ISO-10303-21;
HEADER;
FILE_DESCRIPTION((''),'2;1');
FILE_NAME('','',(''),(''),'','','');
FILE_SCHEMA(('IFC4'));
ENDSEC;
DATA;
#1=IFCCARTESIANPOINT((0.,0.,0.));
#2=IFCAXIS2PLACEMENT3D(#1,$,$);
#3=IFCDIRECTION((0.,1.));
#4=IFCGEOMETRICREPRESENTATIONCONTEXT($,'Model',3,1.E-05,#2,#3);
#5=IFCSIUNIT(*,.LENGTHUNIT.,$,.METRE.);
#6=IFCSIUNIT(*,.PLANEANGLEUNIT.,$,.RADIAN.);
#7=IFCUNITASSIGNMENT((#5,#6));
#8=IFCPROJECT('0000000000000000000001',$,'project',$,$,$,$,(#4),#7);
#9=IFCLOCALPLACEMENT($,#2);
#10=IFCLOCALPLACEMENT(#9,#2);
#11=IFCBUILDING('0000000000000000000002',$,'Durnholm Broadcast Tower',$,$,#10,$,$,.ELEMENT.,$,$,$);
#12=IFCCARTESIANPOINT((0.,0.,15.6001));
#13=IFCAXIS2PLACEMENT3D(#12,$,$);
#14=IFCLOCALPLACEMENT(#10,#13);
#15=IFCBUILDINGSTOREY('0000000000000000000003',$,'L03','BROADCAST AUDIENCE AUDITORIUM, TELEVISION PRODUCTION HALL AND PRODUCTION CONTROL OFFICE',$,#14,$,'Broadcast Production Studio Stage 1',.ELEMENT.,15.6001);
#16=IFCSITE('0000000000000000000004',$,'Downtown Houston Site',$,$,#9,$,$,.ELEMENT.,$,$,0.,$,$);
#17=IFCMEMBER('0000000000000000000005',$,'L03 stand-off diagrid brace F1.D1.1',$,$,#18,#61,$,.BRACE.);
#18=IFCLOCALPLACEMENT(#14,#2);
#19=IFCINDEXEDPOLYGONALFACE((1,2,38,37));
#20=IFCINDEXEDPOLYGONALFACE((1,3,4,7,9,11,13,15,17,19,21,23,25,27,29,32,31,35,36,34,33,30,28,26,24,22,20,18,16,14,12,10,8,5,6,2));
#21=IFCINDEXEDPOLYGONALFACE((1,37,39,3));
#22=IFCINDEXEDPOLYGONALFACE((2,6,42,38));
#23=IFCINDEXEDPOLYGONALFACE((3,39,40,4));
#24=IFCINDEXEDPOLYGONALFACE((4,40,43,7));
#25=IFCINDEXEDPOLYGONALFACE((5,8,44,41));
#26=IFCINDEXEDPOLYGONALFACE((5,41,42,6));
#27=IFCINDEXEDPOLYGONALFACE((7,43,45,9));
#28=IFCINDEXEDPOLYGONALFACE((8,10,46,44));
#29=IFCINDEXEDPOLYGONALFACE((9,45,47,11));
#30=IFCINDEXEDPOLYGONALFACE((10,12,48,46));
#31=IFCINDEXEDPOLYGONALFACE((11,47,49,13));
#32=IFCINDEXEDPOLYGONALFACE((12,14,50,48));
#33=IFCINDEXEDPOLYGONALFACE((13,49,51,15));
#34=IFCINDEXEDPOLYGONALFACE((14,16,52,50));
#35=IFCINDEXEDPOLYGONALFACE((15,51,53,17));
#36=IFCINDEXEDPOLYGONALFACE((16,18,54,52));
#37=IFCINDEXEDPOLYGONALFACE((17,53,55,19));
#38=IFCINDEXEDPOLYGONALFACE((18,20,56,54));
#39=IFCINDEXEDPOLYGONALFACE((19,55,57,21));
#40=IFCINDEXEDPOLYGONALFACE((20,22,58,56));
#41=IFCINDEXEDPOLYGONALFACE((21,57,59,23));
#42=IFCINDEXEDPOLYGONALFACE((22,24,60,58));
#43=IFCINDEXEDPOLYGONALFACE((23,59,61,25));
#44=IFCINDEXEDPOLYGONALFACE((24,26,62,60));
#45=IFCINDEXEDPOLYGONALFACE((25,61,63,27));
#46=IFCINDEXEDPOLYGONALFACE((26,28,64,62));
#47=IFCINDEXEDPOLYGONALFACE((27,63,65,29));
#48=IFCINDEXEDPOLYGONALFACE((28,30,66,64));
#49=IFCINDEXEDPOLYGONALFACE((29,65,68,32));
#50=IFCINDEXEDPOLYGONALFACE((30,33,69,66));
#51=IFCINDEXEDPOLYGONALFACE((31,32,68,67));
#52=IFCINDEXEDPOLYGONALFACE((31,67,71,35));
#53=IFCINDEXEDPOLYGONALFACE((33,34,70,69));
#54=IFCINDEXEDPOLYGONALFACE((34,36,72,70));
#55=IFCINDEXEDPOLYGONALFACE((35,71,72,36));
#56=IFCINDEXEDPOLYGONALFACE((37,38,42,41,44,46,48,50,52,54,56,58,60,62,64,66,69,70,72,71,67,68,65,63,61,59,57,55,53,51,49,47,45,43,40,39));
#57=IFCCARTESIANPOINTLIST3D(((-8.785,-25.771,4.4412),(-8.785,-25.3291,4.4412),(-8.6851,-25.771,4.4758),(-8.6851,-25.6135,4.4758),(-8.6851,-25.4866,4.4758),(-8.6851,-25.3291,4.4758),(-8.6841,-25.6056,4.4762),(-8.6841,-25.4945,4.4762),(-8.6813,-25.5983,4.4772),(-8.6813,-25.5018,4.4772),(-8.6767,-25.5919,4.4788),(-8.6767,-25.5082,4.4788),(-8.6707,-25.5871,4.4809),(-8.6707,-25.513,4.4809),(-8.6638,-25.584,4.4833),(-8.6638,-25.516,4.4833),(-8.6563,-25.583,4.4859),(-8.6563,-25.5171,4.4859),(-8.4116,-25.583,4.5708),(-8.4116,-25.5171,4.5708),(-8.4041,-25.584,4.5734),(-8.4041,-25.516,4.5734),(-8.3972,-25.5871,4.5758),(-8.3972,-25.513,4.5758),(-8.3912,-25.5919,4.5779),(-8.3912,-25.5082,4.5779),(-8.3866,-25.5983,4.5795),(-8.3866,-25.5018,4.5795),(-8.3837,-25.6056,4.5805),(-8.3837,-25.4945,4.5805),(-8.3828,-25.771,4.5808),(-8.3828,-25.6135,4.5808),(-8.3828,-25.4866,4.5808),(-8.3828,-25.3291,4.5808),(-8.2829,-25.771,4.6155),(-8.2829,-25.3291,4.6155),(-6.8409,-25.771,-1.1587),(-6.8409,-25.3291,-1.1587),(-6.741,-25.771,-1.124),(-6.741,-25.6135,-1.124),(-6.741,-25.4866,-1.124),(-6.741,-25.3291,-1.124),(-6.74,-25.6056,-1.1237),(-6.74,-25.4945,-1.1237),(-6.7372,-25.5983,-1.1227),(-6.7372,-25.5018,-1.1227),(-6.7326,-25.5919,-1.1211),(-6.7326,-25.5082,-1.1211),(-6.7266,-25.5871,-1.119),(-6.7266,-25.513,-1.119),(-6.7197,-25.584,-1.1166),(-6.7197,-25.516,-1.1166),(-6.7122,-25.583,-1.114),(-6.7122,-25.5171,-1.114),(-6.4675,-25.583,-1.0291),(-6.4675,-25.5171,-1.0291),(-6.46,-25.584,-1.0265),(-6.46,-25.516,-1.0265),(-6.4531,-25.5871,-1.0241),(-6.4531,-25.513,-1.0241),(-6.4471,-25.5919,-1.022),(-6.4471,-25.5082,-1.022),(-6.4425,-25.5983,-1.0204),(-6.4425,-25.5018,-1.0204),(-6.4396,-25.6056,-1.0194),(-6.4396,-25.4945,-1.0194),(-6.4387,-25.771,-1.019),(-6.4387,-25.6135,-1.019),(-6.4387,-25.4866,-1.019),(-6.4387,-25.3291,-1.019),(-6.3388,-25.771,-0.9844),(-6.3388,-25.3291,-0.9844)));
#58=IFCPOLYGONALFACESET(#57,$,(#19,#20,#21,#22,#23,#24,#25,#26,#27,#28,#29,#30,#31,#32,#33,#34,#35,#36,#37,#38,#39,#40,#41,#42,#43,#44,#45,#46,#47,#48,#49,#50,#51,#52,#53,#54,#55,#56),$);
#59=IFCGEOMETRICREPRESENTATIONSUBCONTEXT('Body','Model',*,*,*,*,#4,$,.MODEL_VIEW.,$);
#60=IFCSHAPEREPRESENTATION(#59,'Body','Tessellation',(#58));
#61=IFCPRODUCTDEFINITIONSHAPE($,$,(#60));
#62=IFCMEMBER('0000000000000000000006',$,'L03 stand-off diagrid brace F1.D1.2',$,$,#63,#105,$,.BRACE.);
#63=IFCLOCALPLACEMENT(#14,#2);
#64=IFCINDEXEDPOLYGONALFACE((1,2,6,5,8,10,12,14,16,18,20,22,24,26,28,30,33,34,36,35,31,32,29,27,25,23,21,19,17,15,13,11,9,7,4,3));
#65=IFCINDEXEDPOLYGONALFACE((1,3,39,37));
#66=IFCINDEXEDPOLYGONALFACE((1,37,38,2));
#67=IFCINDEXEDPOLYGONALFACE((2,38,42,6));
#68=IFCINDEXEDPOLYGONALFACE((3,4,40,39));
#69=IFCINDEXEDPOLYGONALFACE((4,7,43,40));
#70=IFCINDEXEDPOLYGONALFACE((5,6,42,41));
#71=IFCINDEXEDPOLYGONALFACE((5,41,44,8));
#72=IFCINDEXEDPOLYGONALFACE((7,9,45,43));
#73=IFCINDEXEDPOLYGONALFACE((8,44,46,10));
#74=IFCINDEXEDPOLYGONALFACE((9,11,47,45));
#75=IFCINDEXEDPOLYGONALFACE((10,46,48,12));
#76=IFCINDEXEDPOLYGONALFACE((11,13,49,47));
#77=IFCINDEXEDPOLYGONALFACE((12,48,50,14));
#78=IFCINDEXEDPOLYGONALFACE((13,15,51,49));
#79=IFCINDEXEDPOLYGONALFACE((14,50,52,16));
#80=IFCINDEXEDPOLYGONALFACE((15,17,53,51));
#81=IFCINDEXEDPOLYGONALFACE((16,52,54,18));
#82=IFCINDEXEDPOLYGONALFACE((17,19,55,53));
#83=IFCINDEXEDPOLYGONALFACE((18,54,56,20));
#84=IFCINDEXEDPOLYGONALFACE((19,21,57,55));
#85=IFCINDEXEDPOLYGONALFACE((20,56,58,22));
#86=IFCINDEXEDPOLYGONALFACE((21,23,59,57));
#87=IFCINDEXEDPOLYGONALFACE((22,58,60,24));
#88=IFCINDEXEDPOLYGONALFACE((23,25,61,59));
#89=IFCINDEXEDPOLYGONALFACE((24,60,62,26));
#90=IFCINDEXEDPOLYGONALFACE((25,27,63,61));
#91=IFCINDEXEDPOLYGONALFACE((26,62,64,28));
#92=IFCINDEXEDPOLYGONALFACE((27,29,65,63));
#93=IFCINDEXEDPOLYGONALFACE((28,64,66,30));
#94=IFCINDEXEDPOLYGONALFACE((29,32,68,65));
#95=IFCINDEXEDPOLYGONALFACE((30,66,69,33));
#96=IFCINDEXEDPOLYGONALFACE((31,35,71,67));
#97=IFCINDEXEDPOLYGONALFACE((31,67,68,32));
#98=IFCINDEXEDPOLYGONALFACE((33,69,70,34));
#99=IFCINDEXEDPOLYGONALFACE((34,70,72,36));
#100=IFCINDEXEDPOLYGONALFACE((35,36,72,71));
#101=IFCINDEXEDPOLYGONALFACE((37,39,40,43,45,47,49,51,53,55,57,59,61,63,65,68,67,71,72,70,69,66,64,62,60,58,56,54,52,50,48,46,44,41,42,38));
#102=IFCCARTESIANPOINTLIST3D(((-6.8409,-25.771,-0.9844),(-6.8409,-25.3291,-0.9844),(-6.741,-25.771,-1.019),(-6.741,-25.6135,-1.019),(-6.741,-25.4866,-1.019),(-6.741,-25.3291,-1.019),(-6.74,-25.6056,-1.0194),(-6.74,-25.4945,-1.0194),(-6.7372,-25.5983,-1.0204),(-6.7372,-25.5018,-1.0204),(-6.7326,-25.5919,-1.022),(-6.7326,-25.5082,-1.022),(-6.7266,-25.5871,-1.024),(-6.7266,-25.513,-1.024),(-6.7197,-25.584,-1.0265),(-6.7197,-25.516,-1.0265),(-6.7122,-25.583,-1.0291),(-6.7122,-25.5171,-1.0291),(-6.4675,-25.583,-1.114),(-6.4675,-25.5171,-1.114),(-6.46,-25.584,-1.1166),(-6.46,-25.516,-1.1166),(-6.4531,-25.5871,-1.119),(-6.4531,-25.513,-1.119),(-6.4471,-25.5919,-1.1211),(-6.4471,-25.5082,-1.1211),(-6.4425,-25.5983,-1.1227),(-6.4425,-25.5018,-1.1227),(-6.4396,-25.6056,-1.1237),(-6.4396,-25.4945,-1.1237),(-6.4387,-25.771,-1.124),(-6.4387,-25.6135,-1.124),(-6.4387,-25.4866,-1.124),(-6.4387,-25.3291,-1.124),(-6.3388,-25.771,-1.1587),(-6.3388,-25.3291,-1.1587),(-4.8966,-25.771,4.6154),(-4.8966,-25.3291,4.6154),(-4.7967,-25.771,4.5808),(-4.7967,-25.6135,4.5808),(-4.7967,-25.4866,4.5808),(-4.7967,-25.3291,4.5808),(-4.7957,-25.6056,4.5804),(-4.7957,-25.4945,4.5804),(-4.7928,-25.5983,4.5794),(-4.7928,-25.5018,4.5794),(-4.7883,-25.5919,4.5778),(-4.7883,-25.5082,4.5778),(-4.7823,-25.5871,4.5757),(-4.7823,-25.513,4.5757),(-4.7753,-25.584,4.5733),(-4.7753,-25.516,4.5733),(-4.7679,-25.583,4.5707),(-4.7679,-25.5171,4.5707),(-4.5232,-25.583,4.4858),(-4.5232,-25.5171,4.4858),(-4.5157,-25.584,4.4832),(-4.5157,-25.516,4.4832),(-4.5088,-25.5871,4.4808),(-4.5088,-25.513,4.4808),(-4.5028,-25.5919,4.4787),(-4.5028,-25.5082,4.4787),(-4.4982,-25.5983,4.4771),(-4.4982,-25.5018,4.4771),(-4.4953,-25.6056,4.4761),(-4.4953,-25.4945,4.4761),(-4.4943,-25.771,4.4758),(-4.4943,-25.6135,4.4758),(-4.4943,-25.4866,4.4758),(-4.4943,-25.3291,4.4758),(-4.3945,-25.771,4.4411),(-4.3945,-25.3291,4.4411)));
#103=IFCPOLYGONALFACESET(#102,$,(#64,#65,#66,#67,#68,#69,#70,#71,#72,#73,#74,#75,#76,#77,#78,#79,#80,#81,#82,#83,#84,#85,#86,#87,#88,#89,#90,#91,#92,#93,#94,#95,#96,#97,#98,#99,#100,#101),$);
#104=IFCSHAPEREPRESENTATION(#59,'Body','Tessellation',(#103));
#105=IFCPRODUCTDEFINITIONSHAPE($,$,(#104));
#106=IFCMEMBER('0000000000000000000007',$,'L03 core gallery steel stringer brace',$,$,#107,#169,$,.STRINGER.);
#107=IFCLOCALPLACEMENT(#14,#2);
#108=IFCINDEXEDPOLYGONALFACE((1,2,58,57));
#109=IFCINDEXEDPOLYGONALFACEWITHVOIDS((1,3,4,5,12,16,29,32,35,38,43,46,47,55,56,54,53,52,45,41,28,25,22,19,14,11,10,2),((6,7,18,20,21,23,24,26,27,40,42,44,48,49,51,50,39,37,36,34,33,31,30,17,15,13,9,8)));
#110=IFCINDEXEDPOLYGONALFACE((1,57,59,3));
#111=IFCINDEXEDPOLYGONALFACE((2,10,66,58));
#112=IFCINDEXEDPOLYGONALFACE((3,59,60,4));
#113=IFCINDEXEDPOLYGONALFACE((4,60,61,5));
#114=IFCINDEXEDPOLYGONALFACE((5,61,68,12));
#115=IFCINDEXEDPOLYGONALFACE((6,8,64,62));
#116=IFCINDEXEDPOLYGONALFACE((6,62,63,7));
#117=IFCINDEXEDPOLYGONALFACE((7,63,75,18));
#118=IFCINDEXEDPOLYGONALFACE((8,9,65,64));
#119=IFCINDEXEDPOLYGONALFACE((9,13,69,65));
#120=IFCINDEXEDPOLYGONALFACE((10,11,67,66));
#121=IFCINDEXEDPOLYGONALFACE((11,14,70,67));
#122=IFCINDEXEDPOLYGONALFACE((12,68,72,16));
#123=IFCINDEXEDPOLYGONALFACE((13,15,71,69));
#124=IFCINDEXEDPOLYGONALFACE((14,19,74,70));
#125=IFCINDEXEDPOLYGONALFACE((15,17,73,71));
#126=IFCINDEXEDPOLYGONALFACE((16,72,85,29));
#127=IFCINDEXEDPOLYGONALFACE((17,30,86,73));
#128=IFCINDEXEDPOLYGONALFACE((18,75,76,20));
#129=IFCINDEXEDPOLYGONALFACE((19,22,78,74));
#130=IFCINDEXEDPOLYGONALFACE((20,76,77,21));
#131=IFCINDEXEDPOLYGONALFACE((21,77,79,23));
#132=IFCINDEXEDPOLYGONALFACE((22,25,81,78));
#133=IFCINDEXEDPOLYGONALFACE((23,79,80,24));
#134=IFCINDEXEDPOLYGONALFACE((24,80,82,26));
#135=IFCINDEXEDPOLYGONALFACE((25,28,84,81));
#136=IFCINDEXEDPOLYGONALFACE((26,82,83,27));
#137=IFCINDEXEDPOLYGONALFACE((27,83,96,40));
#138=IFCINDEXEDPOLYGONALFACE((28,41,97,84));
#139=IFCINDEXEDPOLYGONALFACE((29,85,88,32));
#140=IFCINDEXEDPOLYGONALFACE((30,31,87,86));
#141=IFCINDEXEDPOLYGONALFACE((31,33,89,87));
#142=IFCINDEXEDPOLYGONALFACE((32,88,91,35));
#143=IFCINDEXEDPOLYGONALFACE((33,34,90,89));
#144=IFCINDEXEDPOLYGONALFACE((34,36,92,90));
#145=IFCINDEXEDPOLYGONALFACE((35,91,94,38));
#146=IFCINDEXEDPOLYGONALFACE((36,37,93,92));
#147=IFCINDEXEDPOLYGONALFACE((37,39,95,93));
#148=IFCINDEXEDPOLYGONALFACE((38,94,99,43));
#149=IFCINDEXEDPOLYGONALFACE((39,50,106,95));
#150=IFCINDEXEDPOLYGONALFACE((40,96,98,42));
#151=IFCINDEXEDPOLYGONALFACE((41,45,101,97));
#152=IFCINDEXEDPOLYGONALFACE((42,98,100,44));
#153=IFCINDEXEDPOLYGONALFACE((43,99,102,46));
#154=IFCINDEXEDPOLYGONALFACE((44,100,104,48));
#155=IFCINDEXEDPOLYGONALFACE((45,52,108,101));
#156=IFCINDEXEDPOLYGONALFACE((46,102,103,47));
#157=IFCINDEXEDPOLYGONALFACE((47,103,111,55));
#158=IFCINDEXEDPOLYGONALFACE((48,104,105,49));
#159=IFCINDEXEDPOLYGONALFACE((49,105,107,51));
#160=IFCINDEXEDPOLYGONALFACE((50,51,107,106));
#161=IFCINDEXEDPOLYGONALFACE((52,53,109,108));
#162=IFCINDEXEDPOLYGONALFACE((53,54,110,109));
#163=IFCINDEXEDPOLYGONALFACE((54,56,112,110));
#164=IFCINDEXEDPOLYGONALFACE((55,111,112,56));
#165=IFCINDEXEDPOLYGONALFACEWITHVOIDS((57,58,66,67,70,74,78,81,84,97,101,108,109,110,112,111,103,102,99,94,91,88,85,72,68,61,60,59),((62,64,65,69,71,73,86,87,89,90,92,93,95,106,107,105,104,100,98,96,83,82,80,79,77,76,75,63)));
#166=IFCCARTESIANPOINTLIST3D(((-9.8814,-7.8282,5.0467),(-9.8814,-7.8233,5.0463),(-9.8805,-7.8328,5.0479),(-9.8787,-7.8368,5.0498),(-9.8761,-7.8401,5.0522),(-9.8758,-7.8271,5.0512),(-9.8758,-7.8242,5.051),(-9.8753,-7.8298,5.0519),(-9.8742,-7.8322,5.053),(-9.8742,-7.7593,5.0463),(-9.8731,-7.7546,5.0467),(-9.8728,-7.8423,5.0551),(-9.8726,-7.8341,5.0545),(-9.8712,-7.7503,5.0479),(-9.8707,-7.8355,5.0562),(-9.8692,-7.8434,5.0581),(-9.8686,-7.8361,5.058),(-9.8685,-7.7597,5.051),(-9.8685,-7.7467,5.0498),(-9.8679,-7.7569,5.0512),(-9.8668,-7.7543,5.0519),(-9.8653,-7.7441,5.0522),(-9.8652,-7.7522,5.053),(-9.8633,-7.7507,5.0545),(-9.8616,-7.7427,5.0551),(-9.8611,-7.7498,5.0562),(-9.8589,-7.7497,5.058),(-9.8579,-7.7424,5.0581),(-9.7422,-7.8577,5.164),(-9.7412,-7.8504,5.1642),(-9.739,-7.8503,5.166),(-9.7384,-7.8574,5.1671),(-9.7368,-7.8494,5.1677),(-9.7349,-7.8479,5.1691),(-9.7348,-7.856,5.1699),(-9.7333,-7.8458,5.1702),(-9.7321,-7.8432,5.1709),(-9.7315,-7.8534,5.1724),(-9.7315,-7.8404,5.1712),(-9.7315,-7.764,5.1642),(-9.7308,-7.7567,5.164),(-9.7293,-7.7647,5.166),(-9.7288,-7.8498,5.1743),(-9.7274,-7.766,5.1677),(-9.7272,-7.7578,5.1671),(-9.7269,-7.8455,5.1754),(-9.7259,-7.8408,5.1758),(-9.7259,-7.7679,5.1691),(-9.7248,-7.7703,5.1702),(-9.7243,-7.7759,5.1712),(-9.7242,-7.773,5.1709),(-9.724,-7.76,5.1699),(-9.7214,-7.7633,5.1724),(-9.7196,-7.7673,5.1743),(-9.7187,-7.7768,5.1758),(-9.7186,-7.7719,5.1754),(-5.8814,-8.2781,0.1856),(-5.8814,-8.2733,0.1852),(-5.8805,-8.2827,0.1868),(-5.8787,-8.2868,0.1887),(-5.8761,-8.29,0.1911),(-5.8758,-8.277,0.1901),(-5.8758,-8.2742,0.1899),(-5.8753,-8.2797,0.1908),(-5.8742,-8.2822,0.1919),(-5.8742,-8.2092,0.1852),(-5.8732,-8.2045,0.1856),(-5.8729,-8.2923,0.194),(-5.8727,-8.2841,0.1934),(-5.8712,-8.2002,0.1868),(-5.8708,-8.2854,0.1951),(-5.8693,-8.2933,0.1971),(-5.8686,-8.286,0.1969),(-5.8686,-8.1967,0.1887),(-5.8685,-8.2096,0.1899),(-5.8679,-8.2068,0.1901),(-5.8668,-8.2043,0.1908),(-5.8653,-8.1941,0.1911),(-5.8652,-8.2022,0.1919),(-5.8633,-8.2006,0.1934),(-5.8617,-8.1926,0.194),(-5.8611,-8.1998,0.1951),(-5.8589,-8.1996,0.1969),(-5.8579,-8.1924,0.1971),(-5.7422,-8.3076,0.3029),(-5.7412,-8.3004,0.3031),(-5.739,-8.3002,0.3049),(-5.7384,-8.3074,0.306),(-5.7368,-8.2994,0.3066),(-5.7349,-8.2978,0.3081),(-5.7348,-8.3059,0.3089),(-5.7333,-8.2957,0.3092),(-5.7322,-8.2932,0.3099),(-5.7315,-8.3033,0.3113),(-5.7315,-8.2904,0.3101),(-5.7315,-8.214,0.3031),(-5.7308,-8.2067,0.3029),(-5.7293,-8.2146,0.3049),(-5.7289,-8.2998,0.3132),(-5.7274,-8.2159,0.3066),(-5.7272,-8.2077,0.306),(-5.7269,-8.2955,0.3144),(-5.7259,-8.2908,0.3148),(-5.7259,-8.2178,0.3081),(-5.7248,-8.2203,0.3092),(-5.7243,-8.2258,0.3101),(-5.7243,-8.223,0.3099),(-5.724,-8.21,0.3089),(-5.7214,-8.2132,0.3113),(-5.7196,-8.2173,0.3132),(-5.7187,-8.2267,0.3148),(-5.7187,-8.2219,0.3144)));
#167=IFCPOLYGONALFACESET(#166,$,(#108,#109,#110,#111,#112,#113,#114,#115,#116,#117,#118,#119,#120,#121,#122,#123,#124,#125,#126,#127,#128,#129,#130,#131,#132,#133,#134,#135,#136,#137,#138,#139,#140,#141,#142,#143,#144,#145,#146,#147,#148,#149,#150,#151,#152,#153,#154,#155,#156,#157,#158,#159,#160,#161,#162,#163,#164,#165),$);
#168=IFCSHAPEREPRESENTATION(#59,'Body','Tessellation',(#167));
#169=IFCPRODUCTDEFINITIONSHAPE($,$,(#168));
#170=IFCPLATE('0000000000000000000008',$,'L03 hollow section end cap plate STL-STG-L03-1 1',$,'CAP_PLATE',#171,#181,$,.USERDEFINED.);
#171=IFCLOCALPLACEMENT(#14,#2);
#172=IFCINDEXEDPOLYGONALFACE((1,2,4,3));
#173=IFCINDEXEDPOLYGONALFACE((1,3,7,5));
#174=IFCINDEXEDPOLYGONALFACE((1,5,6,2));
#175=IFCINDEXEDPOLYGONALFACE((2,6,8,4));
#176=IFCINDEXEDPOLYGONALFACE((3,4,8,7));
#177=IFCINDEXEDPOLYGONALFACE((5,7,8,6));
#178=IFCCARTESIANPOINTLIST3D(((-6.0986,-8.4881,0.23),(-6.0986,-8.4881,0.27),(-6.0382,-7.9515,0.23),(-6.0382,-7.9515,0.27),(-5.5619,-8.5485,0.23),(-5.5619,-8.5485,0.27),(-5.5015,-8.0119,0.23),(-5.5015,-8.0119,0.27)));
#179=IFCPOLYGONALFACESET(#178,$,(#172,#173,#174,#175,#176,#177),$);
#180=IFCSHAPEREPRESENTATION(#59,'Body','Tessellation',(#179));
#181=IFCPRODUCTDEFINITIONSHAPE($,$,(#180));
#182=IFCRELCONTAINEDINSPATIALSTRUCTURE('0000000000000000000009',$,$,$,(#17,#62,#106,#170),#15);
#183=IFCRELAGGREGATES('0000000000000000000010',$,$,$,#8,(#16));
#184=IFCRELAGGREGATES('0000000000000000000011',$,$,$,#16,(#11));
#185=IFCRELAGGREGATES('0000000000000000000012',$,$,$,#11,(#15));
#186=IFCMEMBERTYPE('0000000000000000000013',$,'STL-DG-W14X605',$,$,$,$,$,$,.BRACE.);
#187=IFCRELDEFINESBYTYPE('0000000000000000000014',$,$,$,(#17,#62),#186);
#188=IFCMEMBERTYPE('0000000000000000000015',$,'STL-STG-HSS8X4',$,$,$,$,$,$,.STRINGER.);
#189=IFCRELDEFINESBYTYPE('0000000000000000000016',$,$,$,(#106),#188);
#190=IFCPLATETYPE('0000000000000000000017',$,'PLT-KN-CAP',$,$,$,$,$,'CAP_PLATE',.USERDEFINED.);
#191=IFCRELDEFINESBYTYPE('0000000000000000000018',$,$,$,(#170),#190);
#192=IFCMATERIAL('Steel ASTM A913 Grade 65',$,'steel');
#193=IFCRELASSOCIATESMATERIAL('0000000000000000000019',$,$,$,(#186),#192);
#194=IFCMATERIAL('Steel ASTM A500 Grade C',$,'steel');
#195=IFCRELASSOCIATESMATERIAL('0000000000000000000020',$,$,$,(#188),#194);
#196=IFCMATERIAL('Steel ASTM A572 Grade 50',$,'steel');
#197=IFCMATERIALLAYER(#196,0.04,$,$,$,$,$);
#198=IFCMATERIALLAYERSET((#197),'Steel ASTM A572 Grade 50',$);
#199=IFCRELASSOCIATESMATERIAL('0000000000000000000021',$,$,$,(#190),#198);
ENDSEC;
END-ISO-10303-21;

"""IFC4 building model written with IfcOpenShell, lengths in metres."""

from ifc_helpers import new_model, si_unit, direction, frame, origin, origin_2d, place, context, subcontext, project, spatial, rectangle, hollow_rectangle, i_section, extrude, source, transform, mapped, material, layer, layer_set, material_profile, profile_set, type_object, type_shapes, element, save


model = new_model("IFC4")

# Units and contexts
model_context = context("Model", 3, precision=1e-05, world=origin(), true_north=direction((0.0, 1.0)))
body_context = subcontext(model_context, "Body", "Model", "MODEL_VIEW")
ifc_project = project(units=[si_unit("LENGTHUNIT", "METRE"), si_unit("PLANEANGLEUNIT", "RADIAN")], contexts=[model_context])

# Site, building, storey
site_placement = place(None, origin())
site = spatial("IfcSite", under=ifc_project, at=site_placement, Name="Downtown Houston Site", CompositionType="ELEMENT", RefElevation=0.0)
building_placement = place(site_placement, origin())
building = spatial("IfcBuilding", under=site, at=building_placement, Name="Durnholm Broadcast Tower", CompositionType="ELEMENT")
storey_placement = place(building_placement, frame((0.0, 0.0, 15.6001)))
storey = spatial("IfcBuildingStorey", under=building, at=storey_placement, Name="L03", Description="BROADCAST AUDIENCE AUDITORIUM, TELEVISION PRODUCTION HALL AND PRODUCTION CONTROL OFFICE", LongName="Broadcast Production Studio Stage 1", CompositionType="ELEMENT", Elevation=15.6001)

# Shared definitions
ifc_material_1 = material(Name="Steel ASTM A913 Grade 65", Category="steel")

# Members
ifc_material_profile_1 = material_profile(ifc_material_1, i_section(OverallWidth=0.4419, OverallDepth=0.5315, WebThickness=0.0659, FlangeThickness=0.1057, FilletRadius=0.0305, at=origin_2d()), Name="W14X605")
ifc_profile_set_1 = profile_set([ifc_material_profile_1], Name="Steel ASTM A913 Grade 65")
member_type_1 = type_object("IfcMemberType", Name="STL-DG-W14X605", PredefinedType="BRACE", material=ifc_profile_set_1)
shared_shape_1 = source(origin(), body_context, "Body", "SweptSolid", [
    extrude(i_section(OverallWidth=0.4419, OverallDepth=0.5315, WebThickness=0.0659, FlangeThickness=0.1057, FilletRadius=0.0305, at=origin_2d()), origin(), (0.0, 0.0, 1.0), 5.9277),
])
type_shapes(member_type_1, [shared_shape_1])
for number, where, z_axis, x_axis, name in (
    (1, (-6.5898, -25.55, -1.0715), (-0.327966, 0.0, 0.944689), (0.0, -1.0, 0.0), "L03 stand-off diagrid brace F1.D1.1"),
    (2, (-6.5898, -25.55, -1.0715), (0.328003, 0.0, 0.944677), (0.0, 1.0, 0.0), "L03 stand-off diagrid brace F1.D1.2"),
):
    element("IfcMember", number, at=place(storey_placement, frame(where, z_axis=z_axis, x_axis=x_axis)), inside=storey, type_object=member_type_1, Name=name, PredefinedType="BRACE", context=body_context, shape_type="MappedRepresentation", body=[
        mapped(shared_shape_1, transform((0.0, 0.0, 0.0), x_axis=(1.0, 0.0, 0.0), y_axis=(0.0, 1.0, 0.0), z_axis=(0.0, 0.0, 1.0), scale=1.0)),
    ])
ifc_material_2 = material(Name="Steel ASTM A500 Grade C", Category="steel")
ifc_material_profile_2 = material_profile(ifc_material_2, hollow_rectangle(XDim=0.1016, YDim=0.2031, WallThickness=0.0073, InnerFilletRadius=0.011, OuterFilletRadius=0.0186, at=origin_2d()), Name="HSS8X4X5/16")
ifc_profile_set_2 = profile_set([ifc_material_profile_2], Name="Steel ASTM A500 Grade C")
member_type_2 = type_object("IfcMemberType", Name="STL-STG-HSS8X4", PredefinedType="STRINGER", material=ifc_profile_set_2)
shared_shape_2 = source(origin(), body_context, "Body", "SweptSolid", [
    extrude(hollow_rectangle(XDim=0.1016, YDim=0.2031, WallThickness=0.0073, InnerFilletRadius=0.011, OuterFilletRadius=0.0186, at=origin_2d()), origin(), (0.0, 0.0, 1.0), 6.3113),
])
type_shapes(member_type_2, [shared_shape_2])
member_placement = place(storey_placement, frame((-5.8, -8.25, 0.25), z_axis=(-0.633783, 0.071293, 0.770218), x_axis=(-0.111783, -0.993733, 0.0)))
element("IfcMember", 3, at=member_placement, inside=storey, type_object=member_type_2, Name="L03 core gallery steel stringer brace", PredefinedType="STRINGER", context=body_context, shape_type="MappedRepresentation", body=[
    mapped(shared_shape_2, transform((0.0, 0.0, 0.0), x_axis=(1.0, 0.0, 0.0), y_axis=(0.0, 1.0, 0.0), z_axis=(0.0, 0.0, 1.0), scale=1.0)),
])

# Plate
ifc_material_3 = material(Name="Steel ASTM A572 Grade 50", Category="steel")
ifc_layer_1 = layer(ifc_material_3, 0.04)
ifc_layer_set_1 = layer_set([ifc_layer_1], Name="Steel ASTM A572 Grade 50")
plate_type = type_object("IfcPlateType", Name="PLT-KN-CAP", ElementType="CAP_PLATE", PredefinedType="USERDEFINED", material=ifc_layer_set_1)
shared_shape_3 = source(origin(), body_context, "Body", "SweptSolid", [
    extrude(rectangle(XDim=0.54, YDim=0.54, at=origin_2d()), origin(), (0.0, 0.0, 1.0), 0.04),
])
type_shapes(plate_type, [shared_shape_3])
plate_placement = place(storey_placement, frame((-5.8, -8.25, 0.23), z_axis=(0.0, 0.0, 1.0), x_axis=(-0.993729, 0.111816, 0.0)))
element("IfcPlate", 4, at=plate_placement, inside=storey, type_object=plate_type, Name="L03 hollow section end cap plate STL-STG-L03-1 1", ObjectType="CAP_PLATE", PredefinedType="USERDEFINED", context=body_context, shape_type="MappedRepresentation", body=[
    mapped(shared_shape_3, transform((0.0, 0.0, 0.0), x_axis=(1.0, 0.0, 0.0), y_axis=(0.0, 1.0, 0.0), z_axis=(0.0, 0.0, 1.0), scale=1.0)),
])

save(model, "model.ifc")
